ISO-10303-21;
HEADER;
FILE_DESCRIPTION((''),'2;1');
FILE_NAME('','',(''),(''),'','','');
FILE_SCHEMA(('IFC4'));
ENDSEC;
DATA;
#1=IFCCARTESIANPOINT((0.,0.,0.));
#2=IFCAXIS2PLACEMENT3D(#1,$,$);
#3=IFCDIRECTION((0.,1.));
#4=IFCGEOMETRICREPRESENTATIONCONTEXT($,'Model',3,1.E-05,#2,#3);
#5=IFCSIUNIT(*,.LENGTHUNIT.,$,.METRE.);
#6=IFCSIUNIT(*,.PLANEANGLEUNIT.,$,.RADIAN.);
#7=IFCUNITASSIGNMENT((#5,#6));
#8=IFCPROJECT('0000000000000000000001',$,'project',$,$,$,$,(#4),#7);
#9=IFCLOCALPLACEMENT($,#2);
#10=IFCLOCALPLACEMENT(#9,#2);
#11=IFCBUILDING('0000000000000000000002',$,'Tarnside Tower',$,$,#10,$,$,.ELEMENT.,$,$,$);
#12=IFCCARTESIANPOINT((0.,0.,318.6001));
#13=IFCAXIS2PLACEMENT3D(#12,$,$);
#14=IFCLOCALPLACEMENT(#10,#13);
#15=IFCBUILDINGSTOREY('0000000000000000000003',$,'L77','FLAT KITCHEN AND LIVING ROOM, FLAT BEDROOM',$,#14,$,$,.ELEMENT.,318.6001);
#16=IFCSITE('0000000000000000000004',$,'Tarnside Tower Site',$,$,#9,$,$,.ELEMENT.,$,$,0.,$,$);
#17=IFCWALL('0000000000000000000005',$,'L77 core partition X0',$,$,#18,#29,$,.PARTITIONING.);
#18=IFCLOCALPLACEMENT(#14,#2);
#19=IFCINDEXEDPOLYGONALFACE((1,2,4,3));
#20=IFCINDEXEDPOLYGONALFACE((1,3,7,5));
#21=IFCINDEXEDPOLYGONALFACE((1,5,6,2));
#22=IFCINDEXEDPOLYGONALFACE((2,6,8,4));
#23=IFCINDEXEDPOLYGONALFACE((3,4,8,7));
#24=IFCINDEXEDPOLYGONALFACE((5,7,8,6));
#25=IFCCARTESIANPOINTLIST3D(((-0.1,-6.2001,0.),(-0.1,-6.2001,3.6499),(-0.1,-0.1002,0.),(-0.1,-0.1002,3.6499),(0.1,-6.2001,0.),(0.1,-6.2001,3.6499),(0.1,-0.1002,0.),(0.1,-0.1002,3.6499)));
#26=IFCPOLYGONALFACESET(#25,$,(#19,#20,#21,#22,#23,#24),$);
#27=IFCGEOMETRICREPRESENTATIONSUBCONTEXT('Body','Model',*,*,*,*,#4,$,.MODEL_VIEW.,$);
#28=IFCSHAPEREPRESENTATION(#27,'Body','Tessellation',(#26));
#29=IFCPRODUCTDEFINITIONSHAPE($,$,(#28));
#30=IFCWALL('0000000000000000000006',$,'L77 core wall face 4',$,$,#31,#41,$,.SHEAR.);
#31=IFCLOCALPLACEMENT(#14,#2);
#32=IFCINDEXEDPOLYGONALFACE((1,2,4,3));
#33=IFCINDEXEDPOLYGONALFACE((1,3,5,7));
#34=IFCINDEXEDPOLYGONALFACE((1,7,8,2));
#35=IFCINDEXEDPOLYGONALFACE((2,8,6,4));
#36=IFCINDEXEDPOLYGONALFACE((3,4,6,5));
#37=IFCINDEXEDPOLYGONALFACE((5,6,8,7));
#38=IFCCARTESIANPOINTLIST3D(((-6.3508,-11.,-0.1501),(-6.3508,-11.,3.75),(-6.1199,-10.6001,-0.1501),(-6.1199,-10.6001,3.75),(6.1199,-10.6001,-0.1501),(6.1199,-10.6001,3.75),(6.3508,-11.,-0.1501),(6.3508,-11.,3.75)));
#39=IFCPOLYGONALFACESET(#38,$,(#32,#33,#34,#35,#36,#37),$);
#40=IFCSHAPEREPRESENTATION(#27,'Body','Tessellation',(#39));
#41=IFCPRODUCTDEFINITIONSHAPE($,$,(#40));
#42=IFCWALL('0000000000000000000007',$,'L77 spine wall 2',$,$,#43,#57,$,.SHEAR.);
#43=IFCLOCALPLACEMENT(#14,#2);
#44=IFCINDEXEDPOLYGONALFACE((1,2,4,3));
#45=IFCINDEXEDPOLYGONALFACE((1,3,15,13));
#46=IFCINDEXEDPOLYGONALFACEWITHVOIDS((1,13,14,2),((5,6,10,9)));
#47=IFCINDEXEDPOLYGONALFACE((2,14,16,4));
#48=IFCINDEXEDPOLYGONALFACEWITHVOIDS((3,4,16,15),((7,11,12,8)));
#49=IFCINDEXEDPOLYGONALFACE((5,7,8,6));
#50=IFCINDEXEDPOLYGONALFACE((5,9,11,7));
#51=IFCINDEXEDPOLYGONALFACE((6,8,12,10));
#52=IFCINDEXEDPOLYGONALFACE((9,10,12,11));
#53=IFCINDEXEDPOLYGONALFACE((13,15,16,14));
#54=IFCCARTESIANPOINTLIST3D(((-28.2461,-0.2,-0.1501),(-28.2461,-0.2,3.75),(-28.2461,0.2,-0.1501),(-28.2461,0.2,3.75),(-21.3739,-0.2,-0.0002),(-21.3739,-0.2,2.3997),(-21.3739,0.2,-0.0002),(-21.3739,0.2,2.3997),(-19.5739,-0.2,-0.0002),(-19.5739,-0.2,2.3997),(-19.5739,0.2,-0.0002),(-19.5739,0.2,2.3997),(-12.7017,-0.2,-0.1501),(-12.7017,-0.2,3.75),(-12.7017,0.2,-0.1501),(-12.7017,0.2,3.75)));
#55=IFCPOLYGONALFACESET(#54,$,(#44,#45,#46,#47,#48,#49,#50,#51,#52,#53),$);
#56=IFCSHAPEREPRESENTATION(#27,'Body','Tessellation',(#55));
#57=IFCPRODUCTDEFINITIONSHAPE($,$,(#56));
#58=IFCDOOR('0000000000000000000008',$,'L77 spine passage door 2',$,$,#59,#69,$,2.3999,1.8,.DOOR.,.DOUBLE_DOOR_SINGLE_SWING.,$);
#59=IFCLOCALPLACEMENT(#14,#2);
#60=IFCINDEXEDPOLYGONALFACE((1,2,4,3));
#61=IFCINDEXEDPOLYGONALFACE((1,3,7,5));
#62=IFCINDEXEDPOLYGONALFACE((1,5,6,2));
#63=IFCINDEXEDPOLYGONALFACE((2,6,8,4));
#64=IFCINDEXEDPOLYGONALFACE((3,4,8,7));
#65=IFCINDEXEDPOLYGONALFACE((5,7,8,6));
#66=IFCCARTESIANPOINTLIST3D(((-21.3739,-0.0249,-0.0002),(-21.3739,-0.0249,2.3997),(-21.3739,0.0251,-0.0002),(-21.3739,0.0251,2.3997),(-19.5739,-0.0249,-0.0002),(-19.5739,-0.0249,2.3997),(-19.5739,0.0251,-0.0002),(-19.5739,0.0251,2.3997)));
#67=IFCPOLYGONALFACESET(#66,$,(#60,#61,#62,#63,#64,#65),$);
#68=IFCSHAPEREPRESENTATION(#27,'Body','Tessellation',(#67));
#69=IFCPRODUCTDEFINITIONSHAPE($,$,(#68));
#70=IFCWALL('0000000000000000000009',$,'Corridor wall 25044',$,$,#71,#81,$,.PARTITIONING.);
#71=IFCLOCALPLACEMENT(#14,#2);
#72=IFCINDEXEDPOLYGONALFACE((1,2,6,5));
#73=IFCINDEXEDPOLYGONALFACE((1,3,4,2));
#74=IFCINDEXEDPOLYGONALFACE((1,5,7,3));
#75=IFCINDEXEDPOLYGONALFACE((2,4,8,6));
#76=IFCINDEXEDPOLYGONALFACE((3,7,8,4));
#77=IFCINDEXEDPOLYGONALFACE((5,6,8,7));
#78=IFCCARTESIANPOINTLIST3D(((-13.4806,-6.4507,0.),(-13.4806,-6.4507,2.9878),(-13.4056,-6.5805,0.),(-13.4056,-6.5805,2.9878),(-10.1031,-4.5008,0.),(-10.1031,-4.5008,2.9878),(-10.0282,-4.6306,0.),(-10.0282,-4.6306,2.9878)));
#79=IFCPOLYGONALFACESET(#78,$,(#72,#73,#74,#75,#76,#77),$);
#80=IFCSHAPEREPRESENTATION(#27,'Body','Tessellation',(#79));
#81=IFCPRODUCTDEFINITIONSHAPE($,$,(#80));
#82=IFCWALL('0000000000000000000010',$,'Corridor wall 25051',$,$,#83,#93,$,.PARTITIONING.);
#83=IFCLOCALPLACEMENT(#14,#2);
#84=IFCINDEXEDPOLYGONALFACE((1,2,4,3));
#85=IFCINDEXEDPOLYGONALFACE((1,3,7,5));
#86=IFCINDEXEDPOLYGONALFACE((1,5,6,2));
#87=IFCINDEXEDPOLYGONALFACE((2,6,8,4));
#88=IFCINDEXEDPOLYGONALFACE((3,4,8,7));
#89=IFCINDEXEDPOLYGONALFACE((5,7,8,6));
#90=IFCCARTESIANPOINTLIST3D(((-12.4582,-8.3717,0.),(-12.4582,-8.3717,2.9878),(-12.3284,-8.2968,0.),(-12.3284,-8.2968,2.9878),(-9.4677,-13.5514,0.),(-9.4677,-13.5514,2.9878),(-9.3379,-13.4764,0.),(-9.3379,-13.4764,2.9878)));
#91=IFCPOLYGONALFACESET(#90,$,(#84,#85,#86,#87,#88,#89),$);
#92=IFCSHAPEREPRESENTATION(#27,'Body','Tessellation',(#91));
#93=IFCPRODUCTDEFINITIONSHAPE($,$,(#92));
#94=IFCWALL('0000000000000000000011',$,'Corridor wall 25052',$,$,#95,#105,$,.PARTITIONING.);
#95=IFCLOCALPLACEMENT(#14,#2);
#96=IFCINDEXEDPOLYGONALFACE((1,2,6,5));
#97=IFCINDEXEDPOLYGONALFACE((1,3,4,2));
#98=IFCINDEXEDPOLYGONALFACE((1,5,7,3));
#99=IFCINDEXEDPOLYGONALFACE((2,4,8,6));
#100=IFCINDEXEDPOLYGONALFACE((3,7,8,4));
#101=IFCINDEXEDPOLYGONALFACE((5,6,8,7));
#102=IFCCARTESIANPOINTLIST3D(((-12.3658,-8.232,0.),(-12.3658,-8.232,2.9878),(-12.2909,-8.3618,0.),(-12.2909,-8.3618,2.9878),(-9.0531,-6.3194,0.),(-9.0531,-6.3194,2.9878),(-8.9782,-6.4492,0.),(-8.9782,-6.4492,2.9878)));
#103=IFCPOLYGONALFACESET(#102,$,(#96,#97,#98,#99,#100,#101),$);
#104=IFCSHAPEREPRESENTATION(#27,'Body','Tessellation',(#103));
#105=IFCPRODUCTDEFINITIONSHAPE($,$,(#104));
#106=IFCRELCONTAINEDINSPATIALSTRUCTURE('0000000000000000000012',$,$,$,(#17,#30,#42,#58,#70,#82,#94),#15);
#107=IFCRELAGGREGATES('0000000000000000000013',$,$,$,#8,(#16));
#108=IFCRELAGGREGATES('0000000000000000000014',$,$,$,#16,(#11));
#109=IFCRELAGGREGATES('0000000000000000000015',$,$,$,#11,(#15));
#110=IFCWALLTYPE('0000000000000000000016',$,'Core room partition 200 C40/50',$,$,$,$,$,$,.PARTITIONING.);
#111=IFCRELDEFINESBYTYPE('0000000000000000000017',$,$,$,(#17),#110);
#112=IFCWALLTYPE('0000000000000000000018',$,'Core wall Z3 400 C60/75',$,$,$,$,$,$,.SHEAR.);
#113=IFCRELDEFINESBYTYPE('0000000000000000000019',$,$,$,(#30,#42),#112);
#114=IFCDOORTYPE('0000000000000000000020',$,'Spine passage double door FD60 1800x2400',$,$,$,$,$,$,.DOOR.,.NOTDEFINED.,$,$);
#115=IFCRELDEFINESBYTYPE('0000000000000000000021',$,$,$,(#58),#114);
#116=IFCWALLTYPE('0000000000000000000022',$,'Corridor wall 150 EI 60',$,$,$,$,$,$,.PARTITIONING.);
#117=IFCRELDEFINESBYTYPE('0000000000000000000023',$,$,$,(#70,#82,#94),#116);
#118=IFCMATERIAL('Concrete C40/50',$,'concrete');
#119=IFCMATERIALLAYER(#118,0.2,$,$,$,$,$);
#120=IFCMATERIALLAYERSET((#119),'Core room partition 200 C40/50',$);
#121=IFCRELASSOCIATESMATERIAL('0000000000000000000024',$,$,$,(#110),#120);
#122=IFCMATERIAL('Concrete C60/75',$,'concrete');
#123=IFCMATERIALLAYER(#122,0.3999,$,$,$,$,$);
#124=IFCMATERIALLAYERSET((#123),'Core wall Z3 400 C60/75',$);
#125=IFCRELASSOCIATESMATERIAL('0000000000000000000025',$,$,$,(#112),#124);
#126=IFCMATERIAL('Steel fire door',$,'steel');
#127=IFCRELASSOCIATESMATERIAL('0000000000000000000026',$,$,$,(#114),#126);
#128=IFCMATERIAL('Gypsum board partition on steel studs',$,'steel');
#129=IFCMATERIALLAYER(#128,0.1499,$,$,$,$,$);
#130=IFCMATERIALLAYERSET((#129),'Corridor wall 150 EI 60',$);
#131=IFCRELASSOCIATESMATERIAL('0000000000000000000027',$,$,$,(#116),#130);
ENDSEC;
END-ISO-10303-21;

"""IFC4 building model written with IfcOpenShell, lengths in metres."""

from ifc_helpers import new_model, si_unit, direction, frame, frame_2d, origin, place, context, subcontext, project, spatial, polyline, rectangle, outline, extrude, material, layer, layer_set, type_object, element, fill, save


model = new_model("IFC4")

# Units and contexts
model_context = context("Model", 3, precision=1e-05, world=origin(), true_north=direction((0.0, 1.0)))
body_context = subcontext(model_context, "Body", "Model", "MODEL_VIEW")
ifc_project = project(units=[si_unit("LENGTHUNIT", "METRE"), si_unit("PLANEANGLEUNIT", "RADIAN")], contexts=[model_context])

# Site, building, storey
site_placement = place(None, origin())
site = spatial("IfcSite", under=ifc_project, at=site_placement, Name="Tarnside Tower Site", CompositionType="ELEMENT", RefElevation=0.0)
building_placement = place(site_placement, origin())
building = spatial("IfcBuilding", under=site, at=building_placement, Name="Tarnside Tower", CompositionType="ELEMENT")
storey_placement = place(building_placement, frame((0.0, 0.0, 318.6001)))
storey = spatial("IfcBuildingStorey", under=building, at=storey_placement, Name="L77", Description="FLAT KITCHEN AND LIVING ROOM, FLAT BEDROOM", CompositionType="ELEMENT", Elevation=318.6001)

# Walls
ifc_material_1 = material(Name="Concrete C40/50", Category="concrete")
ifc_layer_1 = layer(ifc_material_1, 0.2)
ifc_layer_set_1 = layer_set([ifc_layer_1], Name="Core room partition 200 C40/50")
wall_type_1 = type_object("IfcWallType", Name="Core room partition 200 C40/50", PredefinedType="PARTITIONING", material=ifc_layer_set_1)
wall_1_placement = place(storey_placement, frame((0.0, -6.2, 0.0), z_axis=(0.0, 0.0, 1.0), x_axis=(0.0, 1.0, 0.0)))
element("IfcWall", 1, at=wall_1_placement, inside=storey, type_object=wall_type_1, Name="L77 core partition X0", PredefinedType="PARTITIONING", context=body_context, shape_type="SweptSolid", body=[
    extrude(rectangle(XDim=6.0999, YDim=0.2, at=frame_2d((3.0498, 0.0))), origin(), (0.0, 0.0, 1.0), 3.6499),
])
ifc_material_2 = material(Name="Concrete C60/75", Category="concrete")
ifc_layer_2 = layer(ifc_material_2, 0.3999)
ifc_layer_set_2 = layer_set([ifc_layer_2], Name="Core wall Z3 400 C60/75")
wall_type_2 = type_object("IfcWallType", Name="Core wall Z3 400 C60/75", PredefinedType="SHEAR", material=ifc_layer_set_2)
wall_2_placement = place(storey_placement, frame((-6.2354, -10.8, -0.1501), z_axis=(0.0, 0.0, 1.0), x_axis=(1.0, 0.0, 0.0)))
element("IfcWall", 2, at=wall_2_placement, inside=storey, type_object=wall_type_2, Name="L77 core wall face 4", PredefinedType="SHEAR", context=body_context, shape_type="SweptSolid", body=[
    extrude(outline(polyline([(-0.1155, -0.2), (12.5862, -0.2), (12.3552, 0.2), (0.1155, 0.2), (-0.1155, -0.2)])), origin(), (0.0, 0.0, 1.0), 3.9001),
])

# Wall, opening, door
wall_3_placement = place(storey_placement, frame((-12.7017, 0.0, -0.1501), z_axis=(0.0, 0.0, 1.0), x_axis=(-1.0, 0.0, 0.0)))
wall_3 = element("IfcWall", 3, at=wall_3_placement, inside=storey, type_object=wall_type_2, Name="L77 spine wall 2", PredefinedType="SHEAR", context=body_context, shape_type="SweptSolid", body=[
    extrude(rectangle(XDim=15.5444, YDim=0.3999, at=frame_2d((7.7722, 0.0))), origin(), (0.0, 0.0, 1.0), 3.9001),
])
opening_1_placement = place(wall_3_placement, frame((6.8723, 0.0, 0.1499)))
opening_1 = element("IfcOpeningElement", 4, at=opening_1_placement, cuts=wall_3, PredefinedType="OPENING", context=body_context, shape_type="SweptSolid", body=[
    extrude(rectangle(XDim=1.8, YDim=2.3999, at=frame_2d((0.8999, 1.2))), frame((0.0, 0.21, 0.0), z_axis=(0.0, -1.0, 0.0), x_axis=(1.0, 0.0, 0.0)), (0.0, 0.0, 1.0), 0.4199),
])
ifc_material_3 = material(Name="Steel fire door", Category="steel")
door_type_1 = type_object("IfcDoorType", Name="Spine passage double door FD60 1800x2400", OperationType="NOTDEFINED", PredefinedType="DOOR", material=ifc_material_3)
door_1_placement = place(opening_1_placement, origin())
door_1 = element("IfcDoor", 5, at=door_1_placement, inside=storey, type_object=door_type_1, Name="L77 spine passage door 2", OperationType="DOUBLE_DOOR_SINGLE_SWING", OverallHeight=2.3999, OverallWidth=1.8, PredefinedType="DOOR", context=body_context, shape_type="SweptSolid", body=[
    extrude(rectangle(XDim=1.8, YDim=2.3999, at=frame_2d((0.8999, 1.2))), frame((0.0, 0.0249, 0.0), z_axis=(0.0, -1.0, 0.0), x_axis=(1.0, 0.0, 0.0)), (0.0, 0.0, 1.0), 0.05),
])
fill(opening_1, door_1)

# Walls
ifc_material_4 = material(Name="Gypsum board partition on steel studs", Category="steel")
ifc_layer_3 = layer(ifc_material_4, 0.1499)
ifc_layer_set_3 = layer_set([ifc_layer_3], Name="Corridor wall 150 EI 60")
wall_type_3 = type_object("IfcWallType", Name="Corridor wall 150 EI 60", PredefinedType="PARTITIONING", material=ifc_layer_set_3)
wall_4_placement = place(storey_placement, frame((-10.0657, -4.5657, 0.0), z_axis=(0.0, 0.0, 1.0), x_axis=(-0.866027, -0.499997, 0.0)))
element("IfcWall", 6, at=wall_4_placement, inside=storey, type_object=wall_type_3, Name="Corridor wall 25044", PredefinedType="PARTITIONING", context=body_context, shape_type="SweptSolid", body=[
    extrude(rectangle(XDim=3.8999, YDim=0.1499, at=frame_2d((1.95, 0.0))), origin(), (0.0, 0.0, 1.0), 2.9878),
])
wall_5_placement = place(storey_placement, frame((-9.4028, -13.5139, 0.0), z_axis=(0.0, 0.0, 1.0), x_axis=(-0.499998, 0.866027, 0.0)))
element("IfcWall", 7, at=wall_5_placement, inside=storey, type_object=wall_type_3, Name="Corridor wall 25051", PredefinedType="PARTITIONING", context=body_context, shape_type="SweptSolid", body=[
    extrude(rectangle(XDim=5.981, YDim=0.1499, at=frame_2d((2.9905, 0.0))), origin(), (0.0, 0.0, 1.0), 2.9878),
])
wall_6_placement = place(storey_placement, frame((-12.3284, -8.2969, 0.0), z_axis=(0.0, 0.0, 1.0), x_axis=(0.866027, 0.499997, 0.0)))
element("IfcWall", 8, at=wall_6_placement, inside=storey, type_object=wall_type_3, Name="Corridor wall 25052", PredefinedType="PARTITIONING", context=body_context, shape_type="SweptSolid", body=[
    extrude(rectangle(XDim=3.8252, YDim=0.1499, at=frame_2d((1.9126, 0.0))), origin(), (0.0, 0.0, 1.0), 2.9878),
])

save(model, "model.ifc")
